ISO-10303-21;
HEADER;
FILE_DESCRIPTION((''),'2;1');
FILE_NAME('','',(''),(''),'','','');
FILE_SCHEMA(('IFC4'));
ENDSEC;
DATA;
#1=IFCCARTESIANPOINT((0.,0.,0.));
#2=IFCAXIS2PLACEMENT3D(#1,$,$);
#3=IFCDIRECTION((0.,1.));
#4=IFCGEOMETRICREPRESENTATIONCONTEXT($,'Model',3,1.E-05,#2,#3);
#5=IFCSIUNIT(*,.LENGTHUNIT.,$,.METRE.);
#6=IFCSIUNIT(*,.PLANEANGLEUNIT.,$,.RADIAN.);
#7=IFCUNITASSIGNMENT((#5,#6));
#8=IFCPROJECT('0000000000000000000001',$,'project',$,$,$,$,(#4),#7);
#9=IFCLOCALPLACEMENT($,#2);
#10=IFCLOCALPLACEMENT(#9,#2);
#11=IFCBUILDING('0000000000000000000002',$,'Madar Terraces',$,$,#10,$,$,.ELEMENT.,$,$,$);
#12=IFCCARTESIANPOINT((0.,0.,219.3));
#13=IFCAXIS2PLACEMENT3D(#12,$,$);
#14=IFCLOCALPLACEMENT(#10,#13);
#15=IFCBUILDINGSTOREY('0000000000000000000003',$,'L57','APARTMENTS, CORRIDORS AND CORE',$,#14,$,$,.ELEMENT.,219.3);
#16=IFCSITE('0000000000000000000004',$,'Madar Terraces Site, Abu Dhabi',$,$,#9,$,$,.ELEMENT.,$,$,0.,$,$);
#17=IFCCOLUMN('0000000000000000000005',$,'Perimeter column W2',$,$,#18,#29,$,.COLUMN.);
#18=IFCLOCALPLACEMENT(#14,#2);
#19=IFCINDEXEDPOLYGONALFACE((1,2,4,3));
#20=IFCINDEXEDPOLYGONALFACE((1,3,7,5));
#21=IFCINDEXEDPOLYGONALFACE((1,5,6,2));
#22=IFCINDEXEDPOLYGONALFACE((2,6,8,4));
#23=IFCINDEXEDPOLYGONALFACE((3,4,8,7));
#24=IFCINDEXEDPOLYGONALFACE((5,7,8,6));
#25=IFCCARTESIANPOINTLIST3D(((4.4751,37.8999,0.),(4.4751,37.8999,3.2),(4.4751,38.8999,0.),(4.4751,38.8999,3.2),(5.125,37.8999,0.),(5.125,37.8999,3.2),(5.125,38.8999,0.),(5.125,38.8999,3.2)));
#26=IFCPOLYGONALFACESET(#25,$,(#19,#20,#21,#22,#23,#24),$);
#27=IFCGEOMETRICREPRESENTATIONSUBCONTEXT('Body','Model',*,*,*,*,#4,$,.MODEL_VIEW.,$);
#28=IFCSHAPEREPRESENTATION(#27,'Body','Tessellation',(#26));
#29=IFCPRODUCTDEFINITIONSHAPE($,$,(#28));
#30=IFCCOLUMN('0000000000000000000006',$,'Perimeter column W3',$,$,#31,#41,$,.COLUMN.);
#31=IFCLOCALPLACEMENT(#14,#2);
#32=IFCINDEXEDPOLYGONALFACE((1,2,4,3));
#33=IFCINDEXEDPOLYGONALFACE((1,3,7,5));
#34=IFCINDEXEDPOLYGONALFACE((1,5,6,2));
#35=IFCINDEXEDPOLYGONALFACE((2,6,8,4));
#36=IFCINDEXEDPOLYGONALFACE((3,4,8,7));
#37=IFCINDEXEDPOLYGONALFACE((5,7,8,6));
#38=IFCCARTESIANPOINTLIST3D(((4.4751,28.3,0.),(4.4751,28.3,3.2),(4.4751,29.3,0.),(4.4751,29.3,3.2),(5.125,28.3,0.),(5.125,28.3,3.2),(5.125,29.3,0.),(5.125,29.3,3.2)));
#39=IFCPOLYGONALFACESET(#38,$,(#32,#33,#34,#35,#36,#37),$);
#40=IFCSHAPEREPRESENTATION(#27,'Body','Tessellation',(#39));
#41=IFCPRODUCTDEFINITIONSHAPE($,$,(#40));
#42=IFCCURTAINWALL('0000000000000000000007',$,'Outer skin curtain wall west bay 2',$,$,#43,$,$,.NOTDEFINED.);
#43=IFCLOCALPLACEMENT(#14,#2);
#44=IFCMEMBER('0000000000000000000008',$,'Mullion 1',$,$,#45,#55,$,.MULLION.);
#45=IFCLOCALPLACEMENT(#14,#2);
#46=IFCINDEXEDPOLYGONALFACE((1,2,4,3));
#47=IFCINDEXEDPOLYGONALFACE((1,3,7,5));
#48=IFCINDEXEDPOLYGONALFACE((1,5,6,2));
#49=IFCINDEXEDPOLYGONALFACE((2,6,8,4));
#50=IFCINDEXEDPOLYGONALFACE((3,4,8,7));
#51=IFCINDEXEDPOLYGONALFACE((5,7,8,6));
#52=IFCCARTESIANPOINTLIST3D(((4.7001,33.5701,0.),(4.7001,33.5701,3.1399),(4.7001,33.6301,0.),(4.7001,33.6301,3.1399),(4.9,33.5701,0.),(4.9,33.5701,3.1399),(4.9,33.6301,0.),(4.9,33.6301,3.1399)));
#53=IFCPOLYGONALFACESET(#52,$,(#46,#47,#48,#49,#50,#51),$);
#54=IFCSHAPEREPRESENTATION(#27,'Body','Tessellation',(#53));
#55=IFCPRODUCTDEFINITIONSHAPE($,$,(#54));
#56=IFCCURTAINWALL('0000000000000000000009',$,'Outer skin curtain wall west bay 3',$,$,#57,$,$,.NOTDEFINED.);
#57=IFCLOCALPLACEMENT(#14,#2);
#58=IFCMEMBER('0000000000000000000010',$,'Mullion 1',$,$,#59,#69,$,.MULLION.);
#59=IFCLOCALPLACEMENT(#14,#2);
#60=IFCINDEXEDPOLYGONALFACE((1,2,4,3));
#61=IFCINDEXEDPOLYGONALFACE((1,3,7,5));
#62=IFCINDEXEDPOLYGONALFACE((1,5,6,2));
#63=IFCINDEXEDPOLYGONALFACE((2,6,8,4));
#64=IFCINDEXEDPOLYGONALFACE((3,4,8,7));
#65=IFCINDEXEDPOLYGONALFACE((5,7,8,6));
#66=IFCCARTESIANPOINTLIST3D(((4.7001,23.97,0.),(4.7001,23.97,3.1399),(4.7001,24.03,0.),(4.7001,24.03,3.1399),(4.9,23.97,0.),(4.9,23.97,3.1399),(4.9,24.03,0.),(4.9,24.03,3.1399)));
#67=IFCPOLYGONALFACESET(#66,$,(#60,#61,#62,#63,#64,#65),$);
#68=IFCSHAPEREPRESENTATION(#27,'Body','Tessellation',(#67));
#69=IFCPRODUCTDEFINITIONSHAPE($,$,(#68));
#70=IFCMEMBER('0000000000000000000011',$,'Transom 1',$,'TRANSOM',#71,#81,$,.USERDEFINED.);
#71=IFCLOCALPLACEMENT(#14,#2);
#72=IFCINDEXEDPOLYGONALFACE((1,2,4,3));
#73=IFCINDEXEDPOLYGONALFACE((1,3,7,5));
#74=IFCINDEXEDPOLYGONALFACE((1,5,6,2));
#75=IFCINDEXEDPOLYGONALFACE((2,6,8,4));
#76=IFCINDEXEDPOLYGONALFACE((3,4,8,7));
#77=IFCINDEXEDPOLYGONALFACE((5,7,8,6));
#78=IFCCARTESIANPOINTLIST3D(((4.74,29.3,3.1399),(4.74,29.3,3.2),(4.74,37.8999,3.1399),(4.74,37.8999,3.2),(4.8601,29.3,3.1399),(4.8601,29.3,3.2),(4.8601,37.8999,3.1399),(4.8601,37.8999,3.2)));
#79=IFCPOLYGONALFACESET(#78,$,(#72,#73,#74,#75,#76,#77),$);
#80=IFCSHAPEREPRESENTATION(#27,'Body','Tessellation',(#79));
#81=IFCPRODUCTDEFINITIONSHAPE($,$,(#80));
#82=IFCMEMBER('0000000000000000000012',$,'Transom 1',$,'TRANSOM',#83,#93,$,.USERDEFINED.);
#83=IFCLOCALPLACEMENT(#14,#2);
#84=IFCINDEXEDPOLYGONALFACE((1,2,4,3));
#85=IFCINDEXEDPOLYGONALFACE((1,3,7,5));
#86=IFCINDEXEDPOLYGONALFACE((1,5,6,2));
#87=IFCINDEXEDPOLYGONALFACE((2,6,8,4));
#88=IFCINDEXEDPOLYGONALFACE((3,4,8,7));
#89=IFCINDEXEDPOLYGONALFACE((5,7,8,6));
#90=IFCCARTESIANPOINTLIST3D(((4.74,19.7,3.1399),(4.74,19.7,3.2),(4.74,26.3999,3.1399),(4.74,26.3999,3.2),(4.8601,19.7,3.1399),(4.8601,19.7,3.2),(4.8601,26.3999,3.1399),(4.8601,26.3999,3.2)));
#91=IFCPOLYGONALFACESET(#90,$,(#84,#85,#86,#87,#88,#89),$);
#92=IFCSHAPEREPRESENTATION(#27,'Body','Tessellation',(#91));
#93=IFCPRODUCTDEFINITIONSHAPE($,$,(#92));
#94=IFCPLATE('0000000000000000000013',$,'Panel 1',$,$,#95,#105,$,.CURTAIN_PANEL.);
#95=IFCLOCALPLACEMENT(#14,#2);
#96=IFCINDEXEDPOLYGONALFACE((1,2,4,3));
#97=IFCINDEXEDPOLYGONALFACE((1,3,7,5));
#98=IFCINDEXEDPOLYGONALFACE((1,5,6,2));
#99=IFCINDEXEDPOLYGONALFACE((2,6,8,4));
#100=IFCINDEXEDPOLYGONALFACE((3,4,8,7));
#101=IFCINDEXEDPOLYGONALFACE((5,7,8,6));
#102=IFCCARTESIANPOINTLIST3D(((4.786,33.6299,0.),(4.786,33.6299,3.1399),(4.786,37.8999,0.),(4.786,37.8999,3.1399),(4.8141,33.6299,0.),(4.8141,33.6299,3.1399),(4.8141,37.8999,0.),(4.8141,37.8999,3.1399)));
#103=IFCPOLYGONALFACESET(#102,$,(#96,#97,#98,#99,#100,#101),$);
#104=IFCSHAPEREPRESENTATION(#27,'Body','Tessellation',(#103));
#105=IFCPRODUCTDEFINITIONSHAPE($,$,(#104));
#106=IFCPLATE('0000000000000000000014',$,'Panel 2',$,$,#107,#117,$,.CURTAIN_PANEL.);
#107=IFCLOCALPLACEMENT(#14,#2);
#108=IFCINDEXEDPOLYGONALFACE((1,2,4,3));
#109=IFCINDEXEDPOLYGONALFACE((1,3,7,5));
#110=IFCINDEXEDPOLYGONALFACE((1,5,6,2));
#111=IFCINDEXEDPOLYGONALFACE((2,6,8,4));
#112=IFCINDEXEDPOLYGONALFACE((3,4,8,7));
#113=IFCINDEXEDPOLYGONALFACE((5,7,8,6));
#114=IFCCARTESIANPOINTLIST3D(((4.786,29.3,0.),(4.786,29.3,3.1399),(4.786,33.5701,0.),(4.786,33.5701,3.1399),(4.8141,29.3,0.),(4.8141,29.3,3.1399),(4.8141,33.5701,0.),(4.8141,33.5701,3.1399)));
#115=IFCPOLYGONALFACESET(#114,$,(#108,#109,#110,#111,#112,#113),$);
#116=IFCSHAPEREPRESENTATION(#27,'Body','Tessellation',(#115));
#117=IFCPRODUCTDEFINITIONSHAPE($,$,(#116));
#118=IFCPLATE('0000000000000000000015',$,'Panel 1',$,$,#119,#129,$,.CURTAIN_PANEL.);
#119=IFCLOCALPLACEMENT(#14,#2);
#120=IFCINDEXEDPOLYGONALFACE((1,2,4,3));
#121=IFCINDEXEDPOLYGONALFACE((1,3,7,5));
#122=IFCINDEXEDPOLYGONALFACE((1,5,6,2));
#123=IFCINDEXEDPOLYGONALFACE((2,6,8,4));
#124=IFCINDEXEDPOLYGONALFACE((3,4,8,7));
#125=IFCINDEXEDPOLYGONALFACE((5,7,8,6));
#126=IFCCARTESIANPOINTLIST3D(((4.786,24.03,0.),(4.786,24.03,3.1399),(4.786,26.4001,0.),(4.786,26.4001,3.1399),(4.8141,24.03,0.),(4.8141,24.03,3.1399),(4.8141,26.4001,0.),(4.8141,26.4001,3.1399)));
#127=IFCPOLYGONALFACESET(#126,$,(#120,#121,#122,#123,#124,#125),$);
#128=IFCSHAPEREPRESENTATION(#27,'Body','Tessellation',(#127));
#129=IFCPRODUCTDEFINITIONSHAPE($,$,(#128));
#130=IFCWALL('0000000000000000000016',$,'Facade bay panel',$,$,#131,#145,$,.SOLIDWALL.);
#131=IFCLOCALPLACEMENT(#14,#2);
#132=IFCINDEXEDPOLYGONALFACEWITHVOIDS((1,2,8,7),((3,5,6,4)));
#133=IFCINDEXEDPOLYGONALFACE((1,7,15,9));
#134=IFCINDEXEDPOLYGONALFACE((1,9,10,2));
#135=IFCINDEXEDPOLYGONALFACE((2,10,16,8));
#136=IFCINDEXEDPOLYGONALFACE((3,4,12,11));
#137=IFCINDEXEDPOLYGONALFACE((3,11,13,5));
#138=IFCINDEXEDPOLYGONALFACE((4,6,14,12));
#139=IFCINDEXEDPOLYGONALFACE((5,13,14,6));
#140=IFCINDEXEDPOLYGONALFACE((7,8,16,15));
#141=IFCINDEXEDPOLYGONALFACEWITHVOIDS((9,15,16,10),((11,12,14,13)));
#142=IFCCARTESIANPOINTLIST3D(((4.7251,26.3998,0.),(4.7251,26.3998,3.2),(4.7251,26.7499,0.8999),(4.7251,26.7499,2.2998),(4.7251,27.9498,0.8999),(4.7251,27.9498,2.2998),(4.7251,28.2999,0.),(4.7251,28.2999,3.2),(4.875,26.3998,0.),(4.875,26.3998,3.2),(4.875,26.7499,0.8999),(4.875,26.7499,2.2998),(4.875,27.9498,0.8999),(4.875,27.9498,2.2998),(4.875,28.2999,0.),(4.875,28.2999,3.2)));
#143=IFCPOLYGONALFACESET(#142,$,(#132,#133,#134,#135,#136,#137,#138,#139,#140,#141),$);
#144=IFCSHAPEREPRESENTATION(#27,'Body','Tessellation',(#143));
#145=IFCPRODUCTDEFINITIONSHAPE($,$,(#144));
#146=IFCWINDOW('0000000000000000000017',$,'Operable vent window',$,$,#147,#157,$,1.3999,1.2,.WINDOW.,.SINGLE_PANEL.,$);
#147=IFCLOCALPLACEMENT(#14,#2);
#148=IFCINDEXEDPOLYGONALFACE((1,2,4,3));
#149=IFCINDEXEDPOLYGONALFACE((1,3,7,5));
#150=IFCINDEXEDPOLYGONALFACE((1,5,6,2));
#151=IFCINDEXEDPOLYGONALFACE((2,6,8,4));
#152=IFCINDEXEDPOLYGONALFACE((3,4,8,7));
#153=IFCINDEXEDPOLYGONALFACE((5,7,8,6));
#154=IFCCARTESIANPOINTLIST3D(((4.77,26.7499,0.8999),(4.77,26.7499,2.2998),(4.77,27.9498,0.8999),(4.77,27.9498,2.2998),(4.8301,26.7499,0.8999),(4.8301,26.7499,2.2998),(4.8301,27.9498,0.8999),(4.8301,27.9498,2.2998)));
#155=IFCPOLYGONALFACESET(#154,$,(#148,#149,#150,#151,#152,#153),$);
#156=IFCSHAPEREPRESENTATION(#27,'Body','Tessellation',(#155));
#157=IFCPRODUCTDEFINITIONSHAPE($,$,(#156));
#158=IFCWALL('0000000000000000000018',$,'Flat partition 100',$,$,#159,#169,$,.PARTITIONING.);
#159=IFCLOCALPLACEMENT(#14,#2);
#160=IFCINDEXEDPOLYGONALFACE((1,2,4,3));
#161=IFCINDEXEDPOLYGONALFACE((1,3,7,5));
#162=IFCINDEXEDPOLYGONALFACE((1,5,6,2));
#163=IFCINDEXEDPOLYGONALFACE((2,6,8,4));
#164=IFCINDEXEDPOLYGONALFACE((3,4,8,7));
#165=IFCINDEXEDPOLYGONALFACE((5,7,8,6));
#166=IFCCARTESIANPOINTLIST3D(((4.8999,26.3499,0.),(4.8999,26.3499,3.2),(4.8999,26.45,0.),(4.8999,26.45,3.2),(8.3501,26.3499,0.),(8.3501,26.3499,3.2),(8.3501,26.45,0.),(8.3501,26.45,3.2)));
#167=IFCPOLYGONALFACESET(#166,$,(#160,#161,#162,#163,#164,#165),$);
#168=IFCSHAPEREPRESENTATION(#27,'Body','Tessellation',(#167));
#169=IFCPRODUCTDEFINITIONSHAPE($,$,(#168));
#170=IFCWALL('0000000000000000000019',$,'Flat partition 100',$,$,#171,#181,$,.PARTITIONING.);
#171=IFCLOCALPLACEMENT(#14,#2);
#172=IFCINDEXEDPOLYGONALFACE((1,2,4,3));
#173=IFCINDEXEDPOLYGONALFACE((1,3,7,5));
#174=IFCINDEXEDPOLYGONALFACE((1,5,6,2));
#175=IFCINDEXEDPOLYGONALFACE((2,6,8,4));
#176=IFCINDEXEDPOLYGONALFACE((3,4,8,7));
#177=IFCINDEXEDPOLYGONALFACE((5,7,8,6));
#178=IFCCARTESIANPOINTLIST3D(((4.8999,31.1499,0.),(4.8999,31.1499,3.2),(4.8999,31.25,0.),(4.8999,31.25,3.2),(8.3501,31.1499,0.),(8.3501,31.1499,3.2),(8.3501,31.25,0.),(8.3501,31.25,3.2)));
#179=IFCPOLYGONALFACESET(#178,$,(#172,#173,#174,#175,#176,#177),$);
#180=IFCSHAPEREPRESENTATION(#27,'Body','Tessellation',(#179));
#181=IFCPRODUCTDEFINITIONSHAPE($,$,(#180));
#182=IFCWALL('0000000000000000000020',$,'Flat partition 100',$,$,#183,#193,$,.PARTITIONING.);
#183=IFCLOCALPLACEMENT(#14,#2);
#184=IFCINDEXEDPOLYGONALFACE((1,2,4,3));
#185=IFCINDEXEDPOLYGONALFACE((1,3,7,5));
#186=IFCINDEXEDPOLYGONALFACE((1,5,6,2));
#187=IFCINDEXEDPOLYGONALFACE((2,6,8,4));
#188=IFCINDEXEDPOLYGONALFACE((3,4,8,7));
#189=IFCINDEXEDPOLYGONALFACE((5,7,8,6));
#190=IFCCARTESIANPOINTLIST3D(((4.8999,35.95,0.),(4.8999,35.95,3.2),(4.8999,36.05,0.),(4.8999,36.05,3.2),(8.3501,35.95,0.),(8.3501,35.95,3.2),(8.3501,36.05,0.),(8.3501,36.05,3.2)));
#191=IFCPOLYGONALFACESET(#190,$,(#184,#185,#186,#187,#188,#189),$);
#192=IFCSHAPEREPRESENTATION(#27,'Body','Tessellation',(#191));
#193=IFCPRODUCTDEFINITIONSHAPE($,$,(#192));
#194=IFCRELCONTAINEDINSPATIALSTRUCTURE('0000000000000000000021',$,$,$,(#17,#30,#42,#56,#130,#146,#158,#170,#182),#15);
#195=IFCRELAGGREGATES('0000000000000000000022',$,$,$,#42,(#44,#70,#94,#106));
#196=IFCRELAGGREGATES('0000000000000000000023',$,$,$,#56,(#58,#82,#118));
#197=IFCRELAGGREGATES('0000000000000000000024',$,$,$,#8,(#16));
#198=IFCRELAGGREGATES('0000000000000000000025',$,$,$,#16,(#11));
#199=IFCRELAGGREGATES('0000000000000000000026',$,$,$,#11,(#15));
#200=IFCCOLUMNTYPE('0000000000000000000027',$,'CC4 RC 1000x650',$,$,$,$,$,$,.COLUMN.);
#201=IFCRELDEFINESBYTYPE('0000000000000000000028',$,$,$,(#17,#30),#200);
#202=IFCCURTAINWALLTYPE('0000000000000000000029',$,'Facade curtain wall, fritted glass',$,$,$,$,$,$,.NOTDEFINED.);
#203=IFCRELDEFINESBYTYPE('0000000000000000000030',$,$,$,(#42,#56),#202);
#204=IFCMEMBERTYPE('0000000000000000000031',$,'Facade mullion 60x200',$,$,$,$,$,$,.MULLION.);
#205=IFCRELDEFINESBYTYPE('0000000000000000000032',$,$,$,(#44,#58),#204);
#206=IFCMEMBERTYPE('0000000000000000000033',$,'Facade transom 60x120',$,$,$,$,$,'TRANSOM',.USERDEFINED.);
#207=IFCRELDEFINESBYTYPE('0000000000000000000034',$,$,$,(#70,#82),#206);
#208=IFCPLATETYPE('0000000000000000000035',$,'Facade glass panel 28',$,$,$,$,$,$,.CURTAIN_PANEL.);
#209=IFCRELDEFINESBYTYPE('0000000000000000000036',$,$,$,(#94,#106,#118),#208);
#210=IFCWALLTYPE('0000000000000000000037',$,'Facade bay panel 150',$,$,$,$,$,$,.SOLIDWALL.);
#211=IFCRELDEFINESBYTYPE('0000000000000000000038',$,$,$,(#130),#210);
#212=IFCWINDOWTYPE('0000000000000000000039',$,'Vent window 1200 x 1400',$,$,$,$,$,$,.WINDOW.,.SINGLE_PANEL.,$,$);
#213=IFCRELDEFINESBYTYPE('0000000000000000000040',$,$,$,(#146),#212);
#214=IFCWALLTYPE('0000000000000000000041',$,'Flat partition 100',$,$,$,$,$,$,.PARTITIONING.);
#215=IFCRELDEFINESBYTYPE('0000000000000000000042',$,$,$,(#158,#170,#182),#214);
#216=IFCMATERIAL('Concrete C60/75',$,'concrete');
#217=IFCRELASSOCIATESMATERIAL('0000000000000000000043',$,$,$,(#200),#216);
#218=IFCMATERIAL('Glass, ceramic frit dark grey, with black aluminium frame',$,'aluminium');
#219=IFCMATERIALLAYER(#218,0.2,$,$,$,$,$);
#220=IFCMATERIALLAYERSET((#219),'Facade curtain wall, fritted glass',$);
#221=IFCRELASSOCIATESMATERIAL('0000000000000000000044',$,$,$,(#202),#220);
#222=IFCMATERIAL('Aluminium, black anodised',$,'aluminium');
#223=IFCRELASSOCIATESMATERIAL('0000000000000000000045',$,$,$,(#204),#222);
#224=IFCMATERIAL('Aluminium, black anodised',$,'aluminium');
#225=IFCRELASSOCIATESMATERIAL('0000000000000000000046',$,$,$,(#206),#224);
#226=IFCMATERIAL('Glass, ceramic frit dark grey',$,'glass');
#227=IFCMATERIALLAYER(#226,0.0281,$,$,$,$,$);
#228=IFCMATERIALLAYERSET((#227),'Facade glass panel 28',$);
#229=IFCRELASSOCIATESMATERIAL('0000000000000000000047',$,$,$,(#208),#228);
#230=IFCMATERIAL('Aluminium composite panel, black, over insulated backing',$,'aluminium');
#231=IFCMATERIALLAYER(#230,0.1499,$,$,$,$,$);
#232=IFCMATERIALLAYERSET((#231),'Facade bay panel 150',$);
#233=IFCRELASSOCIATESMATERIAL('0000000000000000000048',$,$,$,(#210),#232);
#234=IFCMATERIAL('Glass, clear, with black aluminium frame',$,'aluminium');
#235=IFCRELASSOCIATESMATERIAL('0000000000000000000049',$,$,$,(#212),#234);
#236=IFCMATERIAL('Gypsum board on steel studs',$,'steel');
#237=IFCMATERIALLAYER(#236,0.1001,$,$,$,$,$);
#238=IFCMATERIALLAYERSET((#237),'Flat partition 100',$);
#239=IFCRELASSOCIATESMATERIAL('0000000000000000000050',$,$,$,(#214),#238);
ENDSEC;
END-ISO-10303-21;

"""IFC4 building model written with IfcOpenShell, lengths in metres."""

from ifc_helpers import new_model, si_unit, direction, frame, frame_2d, origin, origin_2d, place, context, subcontext, project, spatial, rectangle, extrude, material, layer, layer_set, material_profile, profile_set, type_object, element, fill, aggregate, save


model = new_model("IFC4")

# Units and contexts
model_context = context("Model", 3, precision=1e-05, world=origin(), true_north=direction((0.0, 1.0)))
body_context = subcontext(model_context, "Body", "Model", "MODEL_VIEW")
ifc_project = project(units=[si_unit("LENGTHUNIT", "METRE"), si_unit("PLANEANGLEUNIT", "RADIAN")], contexts=[model_context])

# Site, building, storey
site_placement = place(None, origin())
site = spatial("IfcSite", under=ifc_project, at=site_placement, Name="Madar Terraces Site, Abu Dhabi", CompositionType="ELEMENT", RefElevation=0.0)
building_placement = place(site_placement, origin())
building = spatial("IfcBuilding", under=site, at=building_placement, Name="Madar Terraces", CompositionType="ELEMENT")
storey_placement = place(building_placement, frame((0.0, 0.0, 219.3)))
storey = spatial("IfcBuildingStorey", under=building, at=storey_placement, Name="L57", Description="APARTMENTS, CORRIDORS AND CORE", CompositionType="ELEMENT", Elevation=219.3)

# Columns
ifc_material_1 = material(Name="Concrete C60/75", Category="concrete")
ifc_material_profile_1 = material_profile(ifc_material_1, rectangle(XDim=1.0, YDim=0.6499, at=origin_2d()), Name="CC4 RC 1000x650")
ifc_profile_set_1 = profile_set([ifc_material_profile_1], Name="Concrete C60/75")
column_type = type_object("IfcColumnType", Name="CC4 RC 1000x650", PredefinedType="COLUMN", material=ifc_profile_set_1)
for number, where, z_axis, x_axis, name in (
    (1, (4.8, 38.3999, 0.0), (0.0, 0.0, 1.0), (0.0, 1.0, 0.0), "Perimeter column W2"),
    (2, (4.8, 28.8, 0.0), (0.0, 0.0, 1.0), (0.0, 1.0, 0.0), "Perimeter column W3"),
):
    element("IfcColumn", number, at=place(storey_placement, frame(where, z_axis=z_axis, x_axis=x_axis)), inside=storey, type_object=column_type, Name=name, PredefinedType="COLUMN", context=body_context, shape_type="SweptSolid", body=[
        extrude(rectangle(XDim=1.0, YDim=0.6499, at=origin_2d()), origin(), (0.0, 0.0, 1.0), 3.2),
    ])

# Curtain walls, members
ifc_material_2 = material(Name="Glass, ceramic frit dark grey, with black aluminium frame", Category="aluminium")
ifc_layer_1 = layer(ifc_material_2, 0.2)
ifc_layer_set_1 = layer_set([ifc_layer_1], Name="Facade curtain wall, fritted glass")
curtain_wall_type = type_object("IfcCurtainWallType", Name="Facade curtain wall, fritted glass", PredefinedType="NOTDEFINED", material=ifc_layer_set_1)
curtain_wall_1_placement = place(storey_placement, origin())
curtain_wall_1 = element("IfcCurtainWall", 3, at=curtain_wall_1_placement, inside=storey, type_object=curtain_wall_type, Name="Outer skin curtain wall west bay 2", PredefinedType="NOTDEFINED")
ifc_material_3 = material(Name="Aluminium, black anodised", Category="aluminium")
ifc_material_profile_2 = material_profile(ifc_material_3, rectangle(XDim=0.2, YDim=0.0601, at=origin_2d()), Name="Facade mullion 60x200")
ifc_profile_set_2 = profile_set([ifc_material_profile_2], Name="Aluminium, black anodised")
member_type_1 = type_object("IfcMemberType", Name="Facade mullion 60x200", PredefinedType="MULLION", material=ifc_profile_set_2)
member_1_placement = place(storey_placement, frame((4.8, 33.6001, 0.0), z_axis=(0.0, 0.0, 1.0), x_axis=(1.0, 0.0, 0.0)))
member_1 = element("IfcMember", 4, at=member_1_placement, type_object=member_type_1, Name="Mullion 1", PredefinedType="MULLION", context=body_context, shape_type="SweptSolid", body=[
    extrude(rectangle(XDim=0.2, YDim=0.0601, at=origin_2d()), origin(), (0.0, 0.0, 1.0), 3.1399),
])
curtain_wall_2_placement = place(storey_placement, origin())
curtain_wall_2 = element("IfcCurtainWall", 5, at=curtain_wall_2_placement, inside=storey, type_object=curtain_wall_type, Name="Outer skin curtain wall west bay 3", PredefinedType="NOTDEFINED")
member_2_placement = place(storey_placement, frame((4.8, 24.0, 0.0), z_axis=(0.0, 0.0, 1.0), x_axis=(1.0, 0.0, 0.0)))
member_2 = element("IfcMember", 6, at=member_2_placement, type_object=member_type_1, Name="Mullion 1", PredefinedType="MULLION", context=body_context, shape_type="SweptSolid", body=[
    extrude(rectangle(XDim=0.2, YDim=0.0601, at=origin_2d()), origin(), (0.0, 0.0, 1.0), 3.1399),
])

# Members
ifc_material_4 = material(Name="Aluminium, black anodised", Category="aluminium")
ifc_material_profile_3 = material_profile(ifc_material_4, rectangle(XDim=0.1201, YDim=0.0601, at=origin_2d()), Name="Facade transom 60x120")
ifc_profile_set_3 = profile_set([ifc_material_profile_3], Name="Aluminium, black anodised")
member_type_2 = type_object("IfcMemberType", Name="Facade transom 60x120", ElementType="TRANSOM", PredefinedType="USERDEFINED", material=ifc_profile_set_3)
member_3_placement = place(storey_placement, frame((4.8, 37.8999, 3.1699), z_axis=(0.0, -1.0, 0.0), x_axis=(1.0, 0.0, 0.0)))
member_3 = element("IfcMember", 7, at=member_3_placement, type_object=member_type_2, Name="Transom 1", ObjectType="TRANSOM", PredefinedType="USERDEFINED", context=body_context, shape_type="SweptSolid", body=[
    extrude(rectangle(XDim=0.1201, YDim=0.0601, at=origin_2d()), origin(), (0.0, 0.0, 1.0), 8.5999),
])
member_4_placement = place(storey_placement, frame((4.8, 26.3999, 3.1699), z_axis=(0.0, -1.0, 0.0), x_axis=(1.0, 0.0, 0.0)))
member_4 = element("IfcMember", 8, at=member_4_placement, type_object=member_type_2, Name="Transom 1", ObjectType="TRANSOM", PredefinedType="USERDEFINED", context=body_context, shape_type="SweptSolid", body=[
    extrude(rectangle(XDim=0.1201, YDim=0.0601, at=origin_2d()), origin(), (0.0, 0.0, 1.0), 6.7),
])

# Plates
ifc_material_5 = material(Name="Glass, ceramic frit dark grey", Category="glass")
ifc_layer_2 = layer(ifc_material_5, 0.0281)
ifc_layer_set_2 = layer_set([ifc_layer_2], Name="Facade glass panel 28")
plate_type = type_object("IfcPlateType", Name="Facade glass panel 28", PredefinedType="CURTAIN_PANEL", material=ifc_layer_set_2)
plate_1_placement = place(storey_placement, frame((4.8, 35.7649, 0.0), z_axis=(0.0, 0.0, 1.0), x_axis=(0.0, -1.0, 0.0)))
plate_1 = element("IfcPlate", 9, at=plate_1_placement, type_object=plate_type, Name="Panel 1", PredefinedType="CURTAIN_PANEL", context=body_context, shape_type="SweptSolid", body=[
    extrude(rectangle(XDim=4.27, YDim=0.0281, at=origin_2d()), origin(), (0.0, 0.0, 1.0), 3.1399),
])
plate_2_placement = place(storey_placement, frame((4.8, 31.4351, 0.0), z_axis=(0.0, 0.0, 1.0), x_axis=(0.0, -1.0, 0.0)))
plate_2 = element("IfcPlate", 10, at=plate_2_placement, type_object=plate_type, Name="Panel 2", PredefinedType="CURTAIN_PANEL", context=body_context, shape_type="SweptSolid", body=[
    extrude(rectangle(XDim=4.27, YDim=0.0281, at=origin_2d()), origin(), (0.0, 0.0, 1.0), 3.1399),
])
aggregate(curtain_wall_1, [member_1, member_3, plate_1, plate_2])
plate_3_placement = place(storey_placement, frame((4.8, 25.2151, 0.0), z_axis=(0.0, 0.0, 1.0), x_axis=(0.0, -1.0, 0.0)))
plate_3 = element("IfcPlate", 11, at=plate_3_placement, type_object=plate_type, Name="Panel 1", PredefinedType="CURTAIN_PANEL", context=body_context, shape_type="SweptSolid", body=[
    extrude(rectangle(XDim=2.3701, YDim=0.0281, at=origin_2d()), origin(), (0.0, 0.0, 1.0), 3.1399),
])
aggregate(curtain_wall_2, [member_2, member_4, plate_3])

# Wall, opening, window
ifc_material_6 = material(Name="Aluminium composite panel, black, over insulated backing", Category="aluminium")
ifc_layer_3 = layer(ifc_material_6, 0.1499)
ifc_layer_set_3 = layer_set([ifc_layer_3], Name="Facade bay panel 150")
wall_type_1 = type_object("IfcWallType", Name="Facade bay panel 150", PredefinedType="SOLIDWALL", material=ifc_layer_set_3)
wall_1_placement = place(storey_placement, frame((4.8, 28.3, 0.0), z_axis=(0.0, 0.0, 1.0), x_axis=(0.0, -1.0, 0.0)))
wall_1 = element("IfcWall", 12, at=wall_1_placement, inside=storey, type_object=wall_type_1, Name="Facade bay panel", PredefinedType="SOLIDWALL", context=body_context, shape_type="SweptSolid", body=[
    extrude(rectangle(XDim=1.9001, YDim=0.1499, at=frame_2d((0.9502, 0.0))), origin(), (0.0, 0.0, 1.0), 3.2),
])
opening_1_placement = place(wall_1_placement, frame((0.3501, 0.0, 0.8999)))
opening_1 = element("IfcOpeningElement", 13, at=opening_1_placement, cuts=wall_1, PredefinedType="OPENING", context=body_context, shape_type="SweptSolid", body=[
    extrude(rectangle(XDim=1.2, YDim=1.3999, at=frame_2d((0.6001, 0.7))), frame((0.0, 0.085, 0.0), z_axis=(0.0, -1.0, 0.0), x_axis=(1.0, 0.0, 0.0)), (0.0, 0.0, 1.0), 0.1699),
])
ifc_material_7 = material(Name="Glass, clear, with black aluminium frame", Category="aluminium")
window_type = type_object("IfcWindowType", Name="Vent window 1200 x 1400", PartitioningType="SINGLE_PANEL", PredefinedType="WINDOW", material=ifc_material_7)
window_placement = place(opening_1_placement, origin())
window = element("IfcWindow", 14, at=window_placement, inside=storey, type_object=window_type, Name="Operable vent window", OverallHeight=1.3999, OverallWidth=1.2, PartitioningType="SINGLE_PANEL", PredefinedType="WINDOW", context=body_context, shape_type="SweptSolid", body=[
    extrude(rectangle(XDim=1.2, YDim=1.3999, at=frame_2d((0.6001, 0.7))), frame((0.0, 0.03, 0.0), z_axis=(0.0, -1.0, 0.0), x_axis=(1.0, 0.0, 0.0)), (0.0, 0.0, 1.0), 0.0601),
])
fill(opening_1, window)

# Walls
ifc_material_8 = material(Name="Gypsum board on steel studs", Category="steel")
ifc_layer_4 = layer(ifc_material_8, 0.1001)
ifc_layer_set_4 = layer_set([ifc_layer_4], Name="Flat partition 100")
wall_type_2 = type_object("IfcWallType", Name="Flat partition 100", PredefinedType="PARTITIONING", material=ifc_layer_set_4)
for number, where, z_axis, x_axis, name in (
    (15, (8.3501, 26.3999, 0.0), (0.0, 0.0, 1.0), (-1.0, 0.0, 0.0), "Flat partition 100"),
    (16, (8.3501, 31.2, 0.0), (0.0, 0.0, 1.0), (-1.0, 0.0, 0.0), "Flat partition 100"),
    (17, (8.3501, 36.0, 0.0), (0.0, 0.0, 1.0), (-1.0, 0.0, 0.0), "Flat partition 100"),
):
    element("IfcWall", number, at=place(storey_placement, frame(where, z_axis=z_axis, x_axis=x_axis)), inside=storey, type_object=wall_type_2, Name=name, PredefinedType="PARTITIONING", context=body_context, shape_type="SweptSolid", body=[
        extrude(rectangle(XDim=3.4502, YDim=0.1001, at=frame_2d((1.7251, 0.0))), origin(), (0.0, 0.0, 1.0), 3.2),
    ])

save(model, "model.ifc")
